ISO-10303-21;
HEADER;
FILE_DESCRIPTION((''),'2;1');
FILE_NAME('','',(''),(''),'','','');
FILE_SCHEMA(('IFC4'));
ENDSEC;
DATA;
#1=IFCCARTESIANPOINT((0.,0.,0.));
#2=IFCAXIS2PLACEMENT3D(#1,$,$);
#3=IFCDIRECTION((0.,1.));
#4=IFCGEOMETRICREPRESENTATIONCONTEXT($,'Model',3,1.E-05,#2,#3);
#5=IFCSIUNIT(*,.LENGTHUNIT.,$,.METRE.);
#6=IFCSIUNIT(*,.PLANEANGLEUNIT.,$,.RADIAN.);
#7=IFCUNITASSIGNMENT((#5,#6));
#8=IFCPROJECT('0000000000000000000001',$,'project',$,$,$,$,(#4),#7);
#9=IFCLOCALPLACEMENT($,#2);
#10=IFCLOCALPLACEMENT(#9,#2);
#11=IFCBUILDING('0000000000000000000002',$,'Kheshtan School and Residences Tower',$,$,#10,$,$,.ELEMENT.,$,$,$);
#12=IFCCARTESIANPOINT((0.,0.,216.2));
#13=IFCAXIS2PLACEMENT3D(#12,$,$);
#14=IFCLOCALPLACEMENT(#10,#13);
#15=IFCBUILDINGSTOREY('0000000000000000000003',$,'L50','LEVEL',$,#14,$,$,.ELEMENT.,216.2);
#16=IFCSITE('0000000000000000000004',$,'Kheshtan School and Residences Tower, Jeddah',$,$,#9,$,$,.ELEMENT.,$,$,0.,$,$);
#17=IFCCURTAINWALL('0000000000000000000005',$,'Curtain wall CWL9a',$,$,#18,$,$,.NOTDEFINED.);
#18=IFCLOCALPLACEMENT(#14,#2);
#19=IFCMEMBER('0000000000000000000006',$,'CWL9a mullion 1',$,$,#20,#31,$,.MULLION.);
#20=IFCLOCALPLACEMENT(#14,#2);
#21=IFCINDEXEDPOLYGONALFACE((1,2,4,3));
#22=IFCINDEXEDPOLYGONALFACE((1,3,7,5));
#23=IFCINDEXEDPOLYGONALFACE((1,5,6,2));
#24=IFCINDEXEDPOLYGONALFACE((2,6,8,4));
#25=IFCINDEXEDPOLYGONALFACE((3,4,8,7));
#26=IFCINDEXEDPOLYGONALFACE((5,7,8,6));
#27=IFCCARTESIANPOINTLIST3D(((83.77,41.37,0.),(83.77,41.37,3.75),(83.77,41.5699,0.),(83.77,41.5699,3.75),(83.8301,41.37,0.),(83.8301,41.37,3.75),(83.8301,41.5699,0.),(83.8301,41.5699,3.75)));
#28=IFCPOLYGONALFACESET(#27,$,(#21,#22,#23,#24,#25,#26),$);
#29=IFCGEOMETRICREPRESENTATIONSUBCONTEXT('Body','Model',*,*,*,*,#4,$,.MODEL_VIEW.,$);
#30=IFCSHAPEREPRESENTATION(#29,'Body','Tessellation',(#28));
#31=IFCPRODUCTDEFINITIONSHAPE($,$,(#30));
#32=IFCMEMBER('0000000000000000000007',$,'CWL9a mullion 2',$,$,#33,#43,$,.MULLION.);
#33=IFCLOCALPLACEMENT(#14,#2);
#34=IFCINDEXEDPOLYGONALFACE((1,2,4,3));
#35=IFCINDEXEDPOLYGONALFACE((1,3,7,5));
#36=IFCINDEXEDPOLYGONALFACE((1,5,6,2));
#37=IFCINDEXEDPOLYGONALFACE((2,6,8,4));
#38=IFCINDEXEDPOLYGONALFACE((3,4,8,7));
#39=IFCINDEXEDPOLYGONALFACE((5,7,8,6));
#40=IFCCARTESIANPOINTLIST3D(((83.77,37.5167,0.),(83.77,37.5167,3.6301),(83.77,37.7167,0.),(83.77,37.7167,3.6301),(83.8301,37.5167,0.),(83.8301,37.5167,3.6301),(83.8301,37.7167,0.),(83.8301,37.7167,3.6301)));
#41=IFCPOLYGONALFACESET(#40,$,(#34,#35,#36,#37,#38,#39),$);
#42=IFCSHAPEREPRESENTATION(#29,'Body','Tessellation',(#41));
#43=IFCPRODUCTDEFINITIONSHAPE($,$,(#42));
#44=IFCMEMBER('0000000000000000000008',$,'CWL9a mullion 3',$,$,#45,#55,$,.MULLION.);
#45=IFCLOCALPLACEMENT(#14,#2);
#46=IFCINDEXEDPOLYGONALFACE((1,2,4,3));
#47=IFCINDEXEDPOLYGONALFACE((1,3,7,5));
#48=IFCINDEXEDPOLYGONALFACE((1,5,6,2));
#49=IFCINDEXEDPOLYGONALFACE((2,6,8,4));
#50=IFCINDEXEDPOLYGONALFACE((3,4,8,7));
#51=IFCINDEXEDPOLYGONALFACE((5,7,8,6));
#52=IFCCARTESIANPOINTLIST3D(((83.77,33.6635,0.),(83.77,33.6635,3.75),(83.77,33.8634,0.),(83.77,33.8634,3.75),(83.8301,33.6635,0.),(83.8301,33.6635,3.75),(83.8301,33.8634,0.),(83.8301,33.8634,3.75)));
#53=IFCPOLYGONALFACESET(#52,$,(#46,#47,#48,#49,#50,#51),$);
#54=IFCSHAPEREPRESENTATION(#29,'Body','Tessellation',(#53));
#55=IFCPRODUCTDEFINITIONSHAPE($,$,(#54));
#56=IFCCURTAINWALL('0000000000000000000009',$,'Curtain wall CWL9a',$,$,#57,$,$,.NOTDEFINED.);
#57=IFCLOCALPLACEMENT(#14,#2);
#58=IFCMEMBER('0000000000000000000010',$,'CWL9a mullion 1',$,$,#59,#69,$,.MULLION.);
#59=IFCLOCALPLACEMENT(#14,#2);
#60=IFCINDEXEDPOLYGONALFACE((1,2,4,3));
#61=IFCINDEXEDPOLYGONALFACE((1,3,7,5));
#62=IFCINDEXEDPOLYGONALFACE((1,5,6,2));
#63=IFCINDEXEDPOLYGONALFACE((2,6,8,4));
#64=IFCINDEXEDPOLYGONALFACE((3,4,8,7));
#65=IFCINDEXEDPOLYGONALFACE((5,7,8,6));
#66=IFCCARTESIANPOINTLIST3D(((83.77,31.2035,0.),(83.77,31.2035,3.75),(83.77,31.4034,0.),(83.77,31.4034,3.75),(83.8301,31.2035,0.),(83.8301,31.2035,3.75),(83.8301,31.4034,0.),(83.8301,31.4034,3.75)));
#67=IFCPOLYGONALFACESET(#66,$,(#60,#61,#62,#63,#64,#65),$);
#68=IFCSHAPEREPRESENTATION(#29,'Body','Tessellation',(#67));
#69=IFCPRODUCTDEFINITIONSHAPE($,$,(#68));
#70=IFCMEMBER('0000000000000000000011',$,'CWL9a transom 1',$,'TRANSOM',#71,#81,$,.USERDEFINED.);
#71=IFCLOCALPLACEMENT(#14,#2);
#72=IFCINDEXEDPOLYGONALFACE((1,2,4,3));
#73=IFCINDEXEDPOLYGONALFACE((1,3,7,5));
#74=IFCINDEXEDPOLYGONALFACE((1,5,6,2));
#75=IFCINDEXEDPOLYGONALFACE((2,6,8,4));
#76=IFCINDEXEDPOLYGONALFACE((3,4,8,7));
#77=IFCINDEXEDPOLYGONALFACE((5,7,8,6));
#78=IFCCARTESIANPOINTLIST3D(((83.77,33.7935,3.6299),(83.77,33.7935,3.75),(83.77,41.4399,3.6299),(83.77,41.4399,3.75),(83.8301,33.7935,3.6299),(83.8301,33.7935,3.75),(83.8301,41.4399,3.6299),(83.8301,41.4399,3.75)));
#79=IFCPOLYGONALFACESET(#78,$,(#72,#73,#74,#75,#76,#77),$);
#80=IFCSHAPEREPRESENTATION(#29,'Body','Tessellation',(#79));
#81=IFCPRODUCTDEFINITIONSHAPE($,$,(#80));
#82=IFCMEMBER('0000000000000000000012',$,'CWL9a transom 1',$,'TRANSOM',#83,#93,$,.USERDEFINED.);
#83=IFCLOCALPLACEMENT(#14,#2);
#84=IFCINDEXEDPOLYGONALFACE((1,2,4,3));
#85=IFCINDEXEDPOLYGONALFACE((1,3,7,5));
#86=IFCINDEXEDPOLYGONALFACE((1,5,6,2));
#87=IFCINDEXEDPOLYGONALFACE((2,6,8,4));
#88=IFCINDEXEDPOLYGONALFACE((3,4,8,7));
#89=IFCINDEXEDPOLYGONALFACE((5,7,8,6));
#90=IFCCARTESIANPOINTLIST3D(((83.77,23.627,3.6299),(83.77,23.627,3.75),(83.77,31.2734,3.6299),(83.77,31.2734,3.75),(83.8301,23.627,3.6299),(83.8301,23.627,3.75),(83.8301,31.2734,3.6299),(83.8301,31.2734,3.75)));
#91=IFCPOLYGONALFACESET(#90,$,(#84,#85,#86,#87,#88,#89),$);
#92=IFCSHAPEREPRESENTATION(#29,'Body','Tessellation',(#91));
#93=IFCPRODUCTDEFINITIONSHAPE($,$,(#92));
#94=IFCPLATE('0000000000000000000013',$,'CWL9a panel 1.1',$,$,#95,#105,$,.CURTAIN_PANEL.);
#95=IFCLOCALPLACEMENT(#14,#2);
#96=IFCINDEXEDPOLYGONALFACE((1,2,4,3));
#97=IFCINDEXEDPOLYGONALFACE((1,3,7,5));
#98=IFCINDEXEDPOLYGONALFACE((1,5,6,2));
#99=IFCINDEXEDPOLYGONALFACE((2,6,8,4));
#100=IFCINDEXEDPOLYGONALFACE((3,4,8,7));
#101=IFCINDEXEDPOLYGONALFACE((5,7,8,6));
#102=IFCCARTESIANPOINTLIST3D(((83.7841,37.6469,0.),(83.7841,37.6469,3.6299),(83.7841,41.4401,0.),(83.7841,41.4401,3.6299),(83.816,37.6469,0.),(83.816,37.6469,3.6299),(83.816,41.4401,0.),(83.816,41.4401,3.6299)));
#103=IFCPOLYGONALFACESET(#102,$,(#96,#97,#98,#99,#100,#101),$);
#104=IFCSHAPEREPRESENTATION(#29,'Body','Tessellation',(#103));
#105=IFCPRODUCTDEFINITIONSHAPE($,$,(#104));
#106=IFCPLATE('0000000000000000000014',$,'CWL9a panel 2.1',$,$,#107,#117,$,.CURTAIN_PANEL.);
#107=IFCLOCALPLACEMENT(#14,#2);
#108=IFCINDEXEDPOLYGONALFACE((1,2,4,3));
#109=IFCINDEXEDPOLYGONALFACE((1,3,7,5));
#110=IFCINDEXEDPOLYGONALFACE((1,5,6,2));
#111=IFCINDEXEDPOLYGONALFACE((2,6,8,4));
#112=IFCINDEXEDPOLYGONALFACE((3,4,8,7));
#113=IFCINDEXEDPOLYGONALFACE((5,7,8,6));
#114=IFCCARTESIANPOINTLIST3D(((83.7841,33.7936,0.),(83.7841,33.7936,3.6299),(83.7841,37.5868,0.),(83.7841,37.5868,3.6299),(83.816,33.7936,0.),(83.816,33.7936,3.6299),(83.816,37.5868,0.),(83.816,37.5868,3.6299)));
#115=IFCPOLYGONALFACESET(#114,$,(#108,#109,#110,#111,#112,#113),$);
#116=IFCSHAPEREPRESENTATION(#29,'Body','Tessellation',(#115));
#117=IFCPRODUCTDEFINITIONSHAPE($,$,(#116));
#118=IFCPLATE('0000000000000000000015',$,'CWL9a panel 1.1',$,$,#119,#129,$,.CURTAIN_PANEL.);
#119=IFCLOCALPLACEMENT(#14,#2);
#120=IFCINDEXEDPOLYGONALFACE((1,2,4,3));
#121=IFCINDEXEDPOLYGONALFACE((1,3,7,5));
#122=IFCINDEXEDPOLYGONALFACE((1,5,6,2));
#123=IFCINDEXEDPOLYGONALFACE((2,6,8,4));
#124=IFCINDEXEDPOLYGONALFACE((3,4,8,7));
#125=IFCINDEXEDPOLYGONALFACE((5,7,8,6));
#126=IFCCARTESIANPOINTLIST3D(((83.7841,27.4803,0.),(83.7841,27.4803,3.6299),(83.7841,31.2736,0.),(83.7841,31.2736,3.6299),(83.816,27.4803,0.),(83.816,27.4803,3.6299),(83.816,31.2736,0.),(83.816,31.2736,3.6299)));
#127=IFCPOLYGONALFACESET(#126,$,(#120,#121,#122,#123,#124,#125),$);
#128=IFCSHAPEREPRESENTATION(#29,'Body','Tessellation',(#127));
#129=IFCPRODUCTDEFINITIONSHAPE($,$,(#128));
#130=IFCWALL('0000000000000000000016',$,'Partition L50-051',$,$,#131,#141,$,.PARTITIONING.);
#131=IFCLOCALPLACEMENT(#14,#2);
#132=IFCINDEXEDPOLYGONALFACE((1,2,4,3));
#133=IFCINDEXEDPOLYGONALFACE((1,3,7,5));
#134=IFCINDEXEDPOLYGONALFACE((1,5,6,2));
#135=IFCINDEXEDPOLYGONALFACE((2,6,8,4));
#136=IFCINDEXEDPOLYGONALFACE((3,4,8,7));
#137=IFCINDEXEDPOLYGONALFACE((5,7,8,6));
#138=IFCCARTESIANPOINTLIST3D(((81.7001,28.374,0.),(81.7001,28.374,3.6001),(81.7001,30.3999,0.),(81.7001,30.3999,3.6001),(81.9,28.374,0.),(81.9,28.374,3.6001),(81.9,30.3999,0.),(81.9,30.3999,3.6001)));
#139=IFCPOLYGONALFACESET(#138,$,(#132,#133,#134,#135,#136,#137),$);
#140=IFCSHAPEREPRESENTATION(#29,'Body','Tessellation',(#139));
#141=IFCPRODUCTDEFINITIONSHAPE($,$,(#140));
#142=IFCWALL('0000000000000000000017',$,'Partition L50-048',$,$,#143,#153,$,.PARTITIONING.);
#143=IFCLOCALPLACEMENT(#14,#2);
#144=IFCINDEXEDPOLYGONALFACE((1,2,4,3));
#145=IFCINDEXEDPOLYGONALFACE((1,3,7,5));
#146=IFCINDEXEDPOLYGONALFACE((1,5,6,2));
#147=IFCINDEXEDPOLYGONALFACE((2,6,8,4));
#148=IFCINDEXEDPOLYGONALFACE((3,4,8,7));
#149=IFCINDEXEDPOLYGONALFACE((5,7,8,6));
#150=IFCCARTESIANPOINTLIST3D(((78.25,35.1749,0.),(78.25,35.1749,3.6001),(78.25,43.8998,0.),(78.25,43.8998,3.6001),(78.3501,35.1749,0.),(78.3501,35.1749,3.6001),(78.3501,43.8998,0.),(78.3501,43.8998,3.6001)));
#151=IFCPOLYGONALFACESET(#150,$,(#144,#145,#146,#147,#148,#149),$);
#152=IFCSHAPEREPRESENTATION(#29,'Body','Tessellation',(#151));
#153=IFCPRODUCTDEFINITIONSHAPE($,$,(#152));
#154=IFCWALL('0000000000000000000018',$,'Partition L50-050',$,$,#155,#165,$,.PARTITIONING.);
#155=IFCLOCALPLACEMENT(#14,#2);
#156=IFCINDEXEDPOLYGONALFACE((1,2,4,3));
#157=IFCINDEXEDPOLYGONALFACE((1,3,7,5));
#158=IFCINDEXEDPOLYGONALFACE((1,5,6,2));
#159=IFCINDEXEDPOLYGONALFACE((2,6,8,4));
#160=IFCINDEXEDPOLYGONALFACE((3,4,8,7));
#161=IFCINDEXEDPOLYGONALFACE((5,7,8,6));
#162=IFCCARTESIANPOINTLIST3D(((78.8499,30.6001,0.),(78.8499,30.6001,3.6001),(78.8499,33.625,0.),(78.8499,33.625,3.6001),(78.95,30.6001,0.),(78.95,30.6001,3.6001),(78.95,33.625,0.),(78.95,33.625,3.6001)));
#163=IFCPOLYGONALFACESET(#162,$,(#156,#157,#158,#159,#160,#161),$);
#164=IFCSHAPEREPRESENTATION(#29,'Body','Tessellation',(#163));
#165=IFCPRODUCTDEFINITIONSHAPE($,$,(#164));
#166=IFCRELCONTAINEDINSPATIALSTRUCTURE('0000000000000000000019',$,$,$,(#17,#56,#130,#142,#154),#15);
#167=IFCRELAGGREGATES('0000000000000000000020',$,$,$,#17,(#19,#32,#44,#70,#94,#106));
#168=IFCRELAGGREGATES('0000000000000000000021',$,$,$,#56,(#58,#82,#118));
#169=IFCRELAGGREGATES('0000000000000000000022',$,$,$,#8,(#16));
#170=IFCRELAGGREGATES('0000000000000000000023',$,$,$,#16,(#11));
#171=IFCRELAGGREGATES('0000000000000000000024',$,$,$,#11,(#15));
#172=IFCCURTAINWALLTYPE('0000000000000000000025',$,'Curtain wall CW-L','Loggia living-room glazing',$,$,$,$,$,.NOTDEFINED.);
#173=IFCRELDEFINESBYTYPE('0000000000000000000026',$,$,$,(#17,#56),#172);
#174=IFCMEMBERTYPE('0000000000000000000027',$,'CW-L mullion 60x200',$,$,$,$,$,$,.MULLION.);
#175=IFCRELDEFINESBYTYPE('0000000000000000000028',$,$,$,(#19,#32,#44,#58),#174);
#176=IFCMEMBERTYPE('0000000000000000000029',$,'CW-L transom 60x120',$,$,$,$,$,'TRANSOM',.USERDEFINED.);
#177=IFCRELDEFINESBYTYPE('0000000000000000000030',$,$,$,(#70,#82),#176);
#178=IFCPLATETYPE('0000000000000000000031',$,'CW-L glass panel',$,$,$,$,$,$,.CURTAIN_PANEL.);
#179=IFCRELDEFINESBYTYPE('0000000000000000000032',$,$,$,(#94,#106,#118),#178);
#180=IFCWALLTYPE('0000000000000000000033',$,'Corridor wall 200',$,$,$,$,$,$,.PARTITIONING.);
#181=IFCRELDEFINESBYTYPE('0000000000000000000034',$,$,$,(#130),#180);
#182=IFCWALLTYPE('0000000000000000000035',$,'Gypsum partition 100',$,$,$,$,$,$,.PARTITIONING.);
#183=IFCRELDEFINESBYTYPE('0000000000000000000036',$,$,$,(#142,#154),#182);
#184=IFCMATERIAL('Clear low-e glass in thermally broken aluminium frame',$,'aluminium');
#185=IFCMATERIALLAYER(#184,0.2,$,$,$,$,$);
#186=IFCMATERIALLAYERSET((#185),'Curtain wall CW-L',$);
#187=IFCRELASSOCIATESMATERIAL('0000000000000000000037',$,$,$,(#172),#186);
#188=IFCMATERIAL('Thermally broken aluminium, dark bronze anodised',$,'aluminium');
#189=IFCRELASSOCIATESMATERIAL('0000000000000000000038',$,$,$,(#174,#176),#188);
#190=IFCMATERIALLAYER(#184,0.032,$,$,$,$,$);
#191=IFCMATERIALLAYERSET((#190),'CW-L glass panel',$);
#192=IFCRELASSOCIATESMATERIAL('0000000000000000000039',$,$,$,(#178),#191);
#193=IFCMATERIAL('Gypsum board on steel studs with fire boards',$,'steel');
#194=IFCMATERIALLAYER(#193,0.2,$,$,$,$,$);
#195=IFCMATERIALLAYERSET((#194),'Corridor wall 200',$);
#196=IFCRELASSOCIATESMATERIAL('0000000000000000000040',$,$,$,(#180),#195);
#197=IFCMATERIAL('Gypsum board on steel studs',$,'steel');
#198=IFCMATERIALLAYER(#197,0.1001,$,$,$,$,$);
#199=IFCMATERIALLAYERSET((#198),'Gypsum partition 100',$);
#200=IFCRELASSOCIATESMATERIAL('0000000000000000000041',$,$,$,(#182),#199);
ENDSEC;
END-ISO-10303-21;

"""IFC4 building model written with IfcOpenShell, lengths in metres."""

from ifc_helpers import new_model, si_unit, direction, frame, frame_2d, origin, origin_2d, place, context, subcontext, project, spatial, rectangle, extrude, material, layer, layer_set, material_profile, profile_set, type_object, element, aggregate, save


model = new_model("IFC4")

# Units and contexts
model_context = context("Model", 3, precision=1e-05, world=origin(), true_north=direction((0.0, 1.0)))
body_context = subcontext(model_context, "Body", "Model", "MODEL_VIEW")
ifc_project = project(units=[si_unit("LENGTHUNIT", "METRE"), si_unit("PLANEANGLEUNIT", "RADIAN")], contexts=[model_context])

# Site, building, storey
site_placement = place(None, origin())
site = spatial("IfcSite", under=ifc_project, at=site_placement, Name="Kheshtan School and Residences Tower, Jeddah", CompositionType="ELEMENT", RefElevation=0.0)
building_placement = place(site_placement, origin())
building = spatial("IfcBuilding", under=site, at=building_placement, Name="Kheshtan School and Residences Tower", CompositionType="ELEMENT")
storey_placement = place(building_placement, frame((0.0, 0.0, 216.2)))
storey = spatial("IfcBuildingStorey", under=building, at=storey_placement, Name="L50", Description="LEVEL", CompositionType="ELEMENT", Elevation=216.2)

# Curtain wall, members
ifc_material_1 = material(Name="Clear low-e glass in thermally broken aluminium frame", Category="aluminium")
ifc_layer_1 = layer(ifc_material_1, 0.2)
ifc_layer_set_1 = layer_set([ifc_layer_1], Name="Curtain wall CW-L")
curtain_wall_type = type_object("IfcCurtainWallType", Name="Curtain wall CW-L", Description="Loggia living-room glazing", PredefinedType="NOTDEFINED", material=ifc_layer_set_1)
curtain_wall_1_placement = place(storey_placement, origin())
curtain_wall_1 = element("IfcCurtainWall", 1, at=curtain_wall_1_placement, inside=storey, type_object=curtain_wall_type, Name="Curtain wall CWL9a", PredefinedType="NOTDEFINED")
ifc_material_2 = material(Name="Thermally broken aluminium, dark bronze anodised", Category="aluminium")
ifc_material_profile_1 = material_profile(ifc_material_2, rectangle(XDim=0.0601, YDim=0.2, at=origin_2d()), Name="CW-L mullion 60x200")
ifc_profile_set_1 = profile_set([ifc_material_profile_1], Name="Thermally broken aluminium, dark bronze anodised")
member_type_1 = type_object("IfcMemberType", Name="CW-L mullion 60x200", PredefinedType="MULLION", material=ifc_profile_set_1)
member_1_placement = place(storey_placement, frame((83.8, 41.47, 0.0), z_axis=(0.0, 0.0, 1.0), x_axis=(1.0, 0.0, 0.0)))
member_1 = element("IfcMember", 2, at=member_1_placement, type_object=member_type_1, Name="CWL9a mullion 1", PredefinedType="MULLION", context=body_context, shape_type="SweptSolid", body=[
    extrude(rectangle(XDim=0.0601, YDim=0.2, at=origin_2d()), origin(), (0.0, 0.0, 1.0), 3.75),
])
member_2_placement = place(storey_placement, frame((83.8, 37.6167, 0.0), z_axis=(0.0, 0.0, 1.0), x_axis=(1.0, 0.0, 0.0)))
member_2 = element("IfcMember", 3, at=member_2_placement, type_object=member_type_1, Name="CWL9a mullion 2", PredefinedType="MULLION", context=body_context, shape_type="SweptSolid", body=[
    extrude(rectangle(XDim=0.0601, YDim=0.2, at=origin_2d()), origin(), (0.0, 0.0, 1.0), 3.6301),
])
member_3_placement = place(storey_placement, frame((83.8, 33.7634, 0.0), z_axis=(0.0, 0.0, 1.0), x_axis=(1.0, 0.0, 0.0)))
member_3 = element("IfcMember", 4, at=member_3_placement, type_object=member_type_1, Name="CWL9a mullion 3", PredefinedType="MULLION", context=body_context, shape_type="SweptSolid", body=[
    extrude(rectangle(XDim=0.0601, YDim=0.2, at=origin_2d()), origin(), (0.0, 0.0, 1.0), 3.75),
])

# Curtain wall, member
curtain_wall_2_placement = place(storey_placement, origin())
curtain_wall_2 = element("IfcCurtainWall", 5, at=curtain_wall_2_placement, inside=storey, type_object=curtain_wall_type, Name="Curtain wall CWL9a", PredefinedType="NOTDEFINED")
member_4_placement = place(storey_placement, frame((83.8, 31.3035, 0.0), z_axis=(0.0, 0.0, 1.0), x_axis=(1.0, 0.0, 0.0)))
member_4 = element("IfcMember", 6, at=member_4_placement, type_object=member_type_1, Name="CWL9a mullion 1", PredefinedType="MULLION", context=body_context, shape_type="SweptSolid", body=[
    extrude(rectangle(XDim=0.0601, YDim=0.2, at=origin_2d()), origin(), (0.0, 0.0, 1.0), 3.75),
])

# Members
ifc_material_profile_2 = material_profile(ifc_material_2, rectangle(XDim=0.0601, YDim=0.1201, at=origin_2d()), Name="CW-L transom 60x120")
ifc_profile_set_2 = profile_set([ifc_material_profile_2], Name="Thermally broken aluminium, dark bronze anodised")
member_type_2 = type_object("IfcMemberType", Name="CW-L transom 60x120", ElementType="TRANSOM", PredefinedType="USERDEFINED", material=ifc_profile_set_2)
member_5_placement = place(storey_placement, frame((83.8, 41.4399, 3.6899), z_axis=(0.0, -1.0, 0.0), x_axis=(1.0, 0.0, 0.0)))
member_5 = element("IfcMember", 7, at=member_5_placement, type_object=member_type_2, Name="CWL9a transom 1", ObjectType="TRANSOM", PredefinedType="USERDEFINED", context=body_context, shape_type="SweptSolid", body=[
    extrude(rectangle(XDim=0.0601, YDim=0.1201, at=origin_2d()), origin(), (0.0, 0.0, 1.0), 7.6465),
])
member_6_placement = place(storey_placement, frame((83.8, 31.2734, 3.6899), z_axis=(0.0, -1.0, 0.0), x_axis=(1.0, 0.0, 0.0)))
member_6 = element("IfcMember", 8, at=member_6_placement, type_object=member_type_2, Name="CWL9a transom 1", ObjectType="TRANSOM", PredefinedType="USERDEFINED", context=body_context, shape_type="SweptSolid", body=[
    extrude(rectangle(XDim=0.0601, YDim=0.1201, at=origin_2d()), origin(), (0.0, 0.0, 1.0), 7.6465),
])

# Plates
ifc_layer_2 = layer(ifc_material_1, 0.032)
ifc_layer_set_2 = layer_set([ifc_layer_2], Name="CW-L glass panel")
plate_type = type_object("IfcPlateType", Name="CW-L glass panel", PredefinedType="CURTAIN_PANEL", material=ifc_layer_set_2)
plate_1_placement = place(storey_placement, frame((83.8, 39.5435, 0.0), z_axis=(0.0, 0.0, 1.0), x_axis=(0.0, -1.0, 0.0)))
plate_1 = element("IfcPlate", 9, at=plate_1_placement, type_object=plate_type, Name="CWL9a panel 1.1", PredefinedType="CURTAIN_PANEL", context=body_context, shape_type="SweptSolid", body=[
    extrude(rectangle(XDim=3.7932, YDim=0.032, at=origin_2d()), origin(), (0.0, 0.0, 1.0), 3.6299),
])
plate_2_placement = place(storey_placement, frame((83.8, 35.6902, 0.0), z_axis=(0.0, 0.0, 1.0), x_axis=(0.0, -1.0, 0.0)))
plate_2 = element("IfcPlate", 10, at=plate_2_placement, type_object=plate_type, Name="CWL9a panel 2.1", PredefinedType="CURTAIN_PANEL", context=body_context, shape_type="SweptSolid", body=[
    extrude(rectangle(XDim=3.7932, YDim=0.032, at=origin_2d()), origin(), (0.0, 0.0, 1.0), 3.6299),
])
aggregate(curtain_wall_1, [member_1, member_2, member_3, member_5, plate_1, plate_2])
plate_3_placement = place(storey_placement, frame((83.8, 29.377, 0.0), z_axis=(0.0, 0.0, 1.0), x_axis=(0.0, -1.0, 0.0)))
plate_3 = element("IfcPlate", 11, at=plate_3_placement, type_object=plate_type, Name="CWL9a panel 1.1", PredefinedType="CURTAIN_PANEL", context=body_context, shape_type="SweptSolid", body=[
    extrude(rectangle(XDim=3.7932, YDim=0.032, at=origin_2d()), origin(), (0.0, 0.0, 1.0), 3.6299),
])
aggregate(curtain_wall_2, [member_4, member_6, plate_3])

# Wall
ifc_material_3 = material(Name="Gypsum board on steel studs with fire boards", Category="steel")
ifc_layer_3 = layer(ifc_material_3, 0.2)
ifc_layer_set_3 = layer_set([ifc_layer_3], Name="Corridor wall 200")
wall_type_1 = type_object("IfcWallType", Name="Corridor wall 200", PredefinedType="PARTITIONING", material=ifc_layer_set_3)
wall_1_placement = place(storey_placement, frame((81.8, 28.374, 0.0), z_axis=(0.0, 0.0, 1.0), x_axis=(0.0, 1.0, 0.0)))
element("IfcWall", 12, at=wall_1_placement, inside=storey, type_object=wall_type_1, Name="Partition L50-051", PredefinedType="PARTITIONING", context=body_context, shape_type="SweptSolid", body=[
    extrude(rectangle(XDim=2.0259, YDim=0.2, at=frame_2d((1.0129, 0.0))), origin(), (0.0, 0.0, 1.0), 3.6001),
])

# Walls
ifc_material_4 = material(Name="Gypsum board on steel studs", Category="steel")
ifc_layer_4 = layer(ifc_material_4, 0.1001)
ifc_layer_set_4 = layer_set([ifc_layer_4], Name="Gypsum partition 100")
wall_type_2 = type_object("IfcWallType", Name="Gypsum partition 100", PredefinedType="PARTITIONING", material=ifc_layer_set_4)
wall_2_placement = place(storey_placement, frame((78.3, 35.175, 0.0), z_axis=(0.0, 0.0, 1.0), x_axis=(0.0, 1.0, 0.0)))
element("IfcWall", 13, at=wall_2_placement, inside=storey, type_object=wall_type_2, Name="Partition L50-048", PredefinedType="PARTITIONING", context=body_context, shape_type="SweptSolid", body=[
    extrude(rectangle(XDim=8.7249, YDim=0.1001, at=frame_2d((4.3623, 0.0))), origin(), (0.0, 0.0, 1.0), 3.6001),
])
wall_3_placement = place(storey_placement, frame((78.8999, 30.6001, 0.0), z_axis=(0.0, 0.0, 1.0), x_axis=(0.0, 1.0, 0.0)))
element("IfcWall", 14, at=wall_3_placement, inside=storey, type_object=wall_type_2, Name="Partition L50-050", PredefinedType="PARTITIONING", context=body_context, shape_type="SweptSolid", body=[
    extrude(rectangle(XDim=3.0249, YDim=0.1001, at=frame_2d((1.5125, 0.0))), origin(), (0.0, 0.0, 1.0), 3.6001),
])

save(model, "model.ifc")
